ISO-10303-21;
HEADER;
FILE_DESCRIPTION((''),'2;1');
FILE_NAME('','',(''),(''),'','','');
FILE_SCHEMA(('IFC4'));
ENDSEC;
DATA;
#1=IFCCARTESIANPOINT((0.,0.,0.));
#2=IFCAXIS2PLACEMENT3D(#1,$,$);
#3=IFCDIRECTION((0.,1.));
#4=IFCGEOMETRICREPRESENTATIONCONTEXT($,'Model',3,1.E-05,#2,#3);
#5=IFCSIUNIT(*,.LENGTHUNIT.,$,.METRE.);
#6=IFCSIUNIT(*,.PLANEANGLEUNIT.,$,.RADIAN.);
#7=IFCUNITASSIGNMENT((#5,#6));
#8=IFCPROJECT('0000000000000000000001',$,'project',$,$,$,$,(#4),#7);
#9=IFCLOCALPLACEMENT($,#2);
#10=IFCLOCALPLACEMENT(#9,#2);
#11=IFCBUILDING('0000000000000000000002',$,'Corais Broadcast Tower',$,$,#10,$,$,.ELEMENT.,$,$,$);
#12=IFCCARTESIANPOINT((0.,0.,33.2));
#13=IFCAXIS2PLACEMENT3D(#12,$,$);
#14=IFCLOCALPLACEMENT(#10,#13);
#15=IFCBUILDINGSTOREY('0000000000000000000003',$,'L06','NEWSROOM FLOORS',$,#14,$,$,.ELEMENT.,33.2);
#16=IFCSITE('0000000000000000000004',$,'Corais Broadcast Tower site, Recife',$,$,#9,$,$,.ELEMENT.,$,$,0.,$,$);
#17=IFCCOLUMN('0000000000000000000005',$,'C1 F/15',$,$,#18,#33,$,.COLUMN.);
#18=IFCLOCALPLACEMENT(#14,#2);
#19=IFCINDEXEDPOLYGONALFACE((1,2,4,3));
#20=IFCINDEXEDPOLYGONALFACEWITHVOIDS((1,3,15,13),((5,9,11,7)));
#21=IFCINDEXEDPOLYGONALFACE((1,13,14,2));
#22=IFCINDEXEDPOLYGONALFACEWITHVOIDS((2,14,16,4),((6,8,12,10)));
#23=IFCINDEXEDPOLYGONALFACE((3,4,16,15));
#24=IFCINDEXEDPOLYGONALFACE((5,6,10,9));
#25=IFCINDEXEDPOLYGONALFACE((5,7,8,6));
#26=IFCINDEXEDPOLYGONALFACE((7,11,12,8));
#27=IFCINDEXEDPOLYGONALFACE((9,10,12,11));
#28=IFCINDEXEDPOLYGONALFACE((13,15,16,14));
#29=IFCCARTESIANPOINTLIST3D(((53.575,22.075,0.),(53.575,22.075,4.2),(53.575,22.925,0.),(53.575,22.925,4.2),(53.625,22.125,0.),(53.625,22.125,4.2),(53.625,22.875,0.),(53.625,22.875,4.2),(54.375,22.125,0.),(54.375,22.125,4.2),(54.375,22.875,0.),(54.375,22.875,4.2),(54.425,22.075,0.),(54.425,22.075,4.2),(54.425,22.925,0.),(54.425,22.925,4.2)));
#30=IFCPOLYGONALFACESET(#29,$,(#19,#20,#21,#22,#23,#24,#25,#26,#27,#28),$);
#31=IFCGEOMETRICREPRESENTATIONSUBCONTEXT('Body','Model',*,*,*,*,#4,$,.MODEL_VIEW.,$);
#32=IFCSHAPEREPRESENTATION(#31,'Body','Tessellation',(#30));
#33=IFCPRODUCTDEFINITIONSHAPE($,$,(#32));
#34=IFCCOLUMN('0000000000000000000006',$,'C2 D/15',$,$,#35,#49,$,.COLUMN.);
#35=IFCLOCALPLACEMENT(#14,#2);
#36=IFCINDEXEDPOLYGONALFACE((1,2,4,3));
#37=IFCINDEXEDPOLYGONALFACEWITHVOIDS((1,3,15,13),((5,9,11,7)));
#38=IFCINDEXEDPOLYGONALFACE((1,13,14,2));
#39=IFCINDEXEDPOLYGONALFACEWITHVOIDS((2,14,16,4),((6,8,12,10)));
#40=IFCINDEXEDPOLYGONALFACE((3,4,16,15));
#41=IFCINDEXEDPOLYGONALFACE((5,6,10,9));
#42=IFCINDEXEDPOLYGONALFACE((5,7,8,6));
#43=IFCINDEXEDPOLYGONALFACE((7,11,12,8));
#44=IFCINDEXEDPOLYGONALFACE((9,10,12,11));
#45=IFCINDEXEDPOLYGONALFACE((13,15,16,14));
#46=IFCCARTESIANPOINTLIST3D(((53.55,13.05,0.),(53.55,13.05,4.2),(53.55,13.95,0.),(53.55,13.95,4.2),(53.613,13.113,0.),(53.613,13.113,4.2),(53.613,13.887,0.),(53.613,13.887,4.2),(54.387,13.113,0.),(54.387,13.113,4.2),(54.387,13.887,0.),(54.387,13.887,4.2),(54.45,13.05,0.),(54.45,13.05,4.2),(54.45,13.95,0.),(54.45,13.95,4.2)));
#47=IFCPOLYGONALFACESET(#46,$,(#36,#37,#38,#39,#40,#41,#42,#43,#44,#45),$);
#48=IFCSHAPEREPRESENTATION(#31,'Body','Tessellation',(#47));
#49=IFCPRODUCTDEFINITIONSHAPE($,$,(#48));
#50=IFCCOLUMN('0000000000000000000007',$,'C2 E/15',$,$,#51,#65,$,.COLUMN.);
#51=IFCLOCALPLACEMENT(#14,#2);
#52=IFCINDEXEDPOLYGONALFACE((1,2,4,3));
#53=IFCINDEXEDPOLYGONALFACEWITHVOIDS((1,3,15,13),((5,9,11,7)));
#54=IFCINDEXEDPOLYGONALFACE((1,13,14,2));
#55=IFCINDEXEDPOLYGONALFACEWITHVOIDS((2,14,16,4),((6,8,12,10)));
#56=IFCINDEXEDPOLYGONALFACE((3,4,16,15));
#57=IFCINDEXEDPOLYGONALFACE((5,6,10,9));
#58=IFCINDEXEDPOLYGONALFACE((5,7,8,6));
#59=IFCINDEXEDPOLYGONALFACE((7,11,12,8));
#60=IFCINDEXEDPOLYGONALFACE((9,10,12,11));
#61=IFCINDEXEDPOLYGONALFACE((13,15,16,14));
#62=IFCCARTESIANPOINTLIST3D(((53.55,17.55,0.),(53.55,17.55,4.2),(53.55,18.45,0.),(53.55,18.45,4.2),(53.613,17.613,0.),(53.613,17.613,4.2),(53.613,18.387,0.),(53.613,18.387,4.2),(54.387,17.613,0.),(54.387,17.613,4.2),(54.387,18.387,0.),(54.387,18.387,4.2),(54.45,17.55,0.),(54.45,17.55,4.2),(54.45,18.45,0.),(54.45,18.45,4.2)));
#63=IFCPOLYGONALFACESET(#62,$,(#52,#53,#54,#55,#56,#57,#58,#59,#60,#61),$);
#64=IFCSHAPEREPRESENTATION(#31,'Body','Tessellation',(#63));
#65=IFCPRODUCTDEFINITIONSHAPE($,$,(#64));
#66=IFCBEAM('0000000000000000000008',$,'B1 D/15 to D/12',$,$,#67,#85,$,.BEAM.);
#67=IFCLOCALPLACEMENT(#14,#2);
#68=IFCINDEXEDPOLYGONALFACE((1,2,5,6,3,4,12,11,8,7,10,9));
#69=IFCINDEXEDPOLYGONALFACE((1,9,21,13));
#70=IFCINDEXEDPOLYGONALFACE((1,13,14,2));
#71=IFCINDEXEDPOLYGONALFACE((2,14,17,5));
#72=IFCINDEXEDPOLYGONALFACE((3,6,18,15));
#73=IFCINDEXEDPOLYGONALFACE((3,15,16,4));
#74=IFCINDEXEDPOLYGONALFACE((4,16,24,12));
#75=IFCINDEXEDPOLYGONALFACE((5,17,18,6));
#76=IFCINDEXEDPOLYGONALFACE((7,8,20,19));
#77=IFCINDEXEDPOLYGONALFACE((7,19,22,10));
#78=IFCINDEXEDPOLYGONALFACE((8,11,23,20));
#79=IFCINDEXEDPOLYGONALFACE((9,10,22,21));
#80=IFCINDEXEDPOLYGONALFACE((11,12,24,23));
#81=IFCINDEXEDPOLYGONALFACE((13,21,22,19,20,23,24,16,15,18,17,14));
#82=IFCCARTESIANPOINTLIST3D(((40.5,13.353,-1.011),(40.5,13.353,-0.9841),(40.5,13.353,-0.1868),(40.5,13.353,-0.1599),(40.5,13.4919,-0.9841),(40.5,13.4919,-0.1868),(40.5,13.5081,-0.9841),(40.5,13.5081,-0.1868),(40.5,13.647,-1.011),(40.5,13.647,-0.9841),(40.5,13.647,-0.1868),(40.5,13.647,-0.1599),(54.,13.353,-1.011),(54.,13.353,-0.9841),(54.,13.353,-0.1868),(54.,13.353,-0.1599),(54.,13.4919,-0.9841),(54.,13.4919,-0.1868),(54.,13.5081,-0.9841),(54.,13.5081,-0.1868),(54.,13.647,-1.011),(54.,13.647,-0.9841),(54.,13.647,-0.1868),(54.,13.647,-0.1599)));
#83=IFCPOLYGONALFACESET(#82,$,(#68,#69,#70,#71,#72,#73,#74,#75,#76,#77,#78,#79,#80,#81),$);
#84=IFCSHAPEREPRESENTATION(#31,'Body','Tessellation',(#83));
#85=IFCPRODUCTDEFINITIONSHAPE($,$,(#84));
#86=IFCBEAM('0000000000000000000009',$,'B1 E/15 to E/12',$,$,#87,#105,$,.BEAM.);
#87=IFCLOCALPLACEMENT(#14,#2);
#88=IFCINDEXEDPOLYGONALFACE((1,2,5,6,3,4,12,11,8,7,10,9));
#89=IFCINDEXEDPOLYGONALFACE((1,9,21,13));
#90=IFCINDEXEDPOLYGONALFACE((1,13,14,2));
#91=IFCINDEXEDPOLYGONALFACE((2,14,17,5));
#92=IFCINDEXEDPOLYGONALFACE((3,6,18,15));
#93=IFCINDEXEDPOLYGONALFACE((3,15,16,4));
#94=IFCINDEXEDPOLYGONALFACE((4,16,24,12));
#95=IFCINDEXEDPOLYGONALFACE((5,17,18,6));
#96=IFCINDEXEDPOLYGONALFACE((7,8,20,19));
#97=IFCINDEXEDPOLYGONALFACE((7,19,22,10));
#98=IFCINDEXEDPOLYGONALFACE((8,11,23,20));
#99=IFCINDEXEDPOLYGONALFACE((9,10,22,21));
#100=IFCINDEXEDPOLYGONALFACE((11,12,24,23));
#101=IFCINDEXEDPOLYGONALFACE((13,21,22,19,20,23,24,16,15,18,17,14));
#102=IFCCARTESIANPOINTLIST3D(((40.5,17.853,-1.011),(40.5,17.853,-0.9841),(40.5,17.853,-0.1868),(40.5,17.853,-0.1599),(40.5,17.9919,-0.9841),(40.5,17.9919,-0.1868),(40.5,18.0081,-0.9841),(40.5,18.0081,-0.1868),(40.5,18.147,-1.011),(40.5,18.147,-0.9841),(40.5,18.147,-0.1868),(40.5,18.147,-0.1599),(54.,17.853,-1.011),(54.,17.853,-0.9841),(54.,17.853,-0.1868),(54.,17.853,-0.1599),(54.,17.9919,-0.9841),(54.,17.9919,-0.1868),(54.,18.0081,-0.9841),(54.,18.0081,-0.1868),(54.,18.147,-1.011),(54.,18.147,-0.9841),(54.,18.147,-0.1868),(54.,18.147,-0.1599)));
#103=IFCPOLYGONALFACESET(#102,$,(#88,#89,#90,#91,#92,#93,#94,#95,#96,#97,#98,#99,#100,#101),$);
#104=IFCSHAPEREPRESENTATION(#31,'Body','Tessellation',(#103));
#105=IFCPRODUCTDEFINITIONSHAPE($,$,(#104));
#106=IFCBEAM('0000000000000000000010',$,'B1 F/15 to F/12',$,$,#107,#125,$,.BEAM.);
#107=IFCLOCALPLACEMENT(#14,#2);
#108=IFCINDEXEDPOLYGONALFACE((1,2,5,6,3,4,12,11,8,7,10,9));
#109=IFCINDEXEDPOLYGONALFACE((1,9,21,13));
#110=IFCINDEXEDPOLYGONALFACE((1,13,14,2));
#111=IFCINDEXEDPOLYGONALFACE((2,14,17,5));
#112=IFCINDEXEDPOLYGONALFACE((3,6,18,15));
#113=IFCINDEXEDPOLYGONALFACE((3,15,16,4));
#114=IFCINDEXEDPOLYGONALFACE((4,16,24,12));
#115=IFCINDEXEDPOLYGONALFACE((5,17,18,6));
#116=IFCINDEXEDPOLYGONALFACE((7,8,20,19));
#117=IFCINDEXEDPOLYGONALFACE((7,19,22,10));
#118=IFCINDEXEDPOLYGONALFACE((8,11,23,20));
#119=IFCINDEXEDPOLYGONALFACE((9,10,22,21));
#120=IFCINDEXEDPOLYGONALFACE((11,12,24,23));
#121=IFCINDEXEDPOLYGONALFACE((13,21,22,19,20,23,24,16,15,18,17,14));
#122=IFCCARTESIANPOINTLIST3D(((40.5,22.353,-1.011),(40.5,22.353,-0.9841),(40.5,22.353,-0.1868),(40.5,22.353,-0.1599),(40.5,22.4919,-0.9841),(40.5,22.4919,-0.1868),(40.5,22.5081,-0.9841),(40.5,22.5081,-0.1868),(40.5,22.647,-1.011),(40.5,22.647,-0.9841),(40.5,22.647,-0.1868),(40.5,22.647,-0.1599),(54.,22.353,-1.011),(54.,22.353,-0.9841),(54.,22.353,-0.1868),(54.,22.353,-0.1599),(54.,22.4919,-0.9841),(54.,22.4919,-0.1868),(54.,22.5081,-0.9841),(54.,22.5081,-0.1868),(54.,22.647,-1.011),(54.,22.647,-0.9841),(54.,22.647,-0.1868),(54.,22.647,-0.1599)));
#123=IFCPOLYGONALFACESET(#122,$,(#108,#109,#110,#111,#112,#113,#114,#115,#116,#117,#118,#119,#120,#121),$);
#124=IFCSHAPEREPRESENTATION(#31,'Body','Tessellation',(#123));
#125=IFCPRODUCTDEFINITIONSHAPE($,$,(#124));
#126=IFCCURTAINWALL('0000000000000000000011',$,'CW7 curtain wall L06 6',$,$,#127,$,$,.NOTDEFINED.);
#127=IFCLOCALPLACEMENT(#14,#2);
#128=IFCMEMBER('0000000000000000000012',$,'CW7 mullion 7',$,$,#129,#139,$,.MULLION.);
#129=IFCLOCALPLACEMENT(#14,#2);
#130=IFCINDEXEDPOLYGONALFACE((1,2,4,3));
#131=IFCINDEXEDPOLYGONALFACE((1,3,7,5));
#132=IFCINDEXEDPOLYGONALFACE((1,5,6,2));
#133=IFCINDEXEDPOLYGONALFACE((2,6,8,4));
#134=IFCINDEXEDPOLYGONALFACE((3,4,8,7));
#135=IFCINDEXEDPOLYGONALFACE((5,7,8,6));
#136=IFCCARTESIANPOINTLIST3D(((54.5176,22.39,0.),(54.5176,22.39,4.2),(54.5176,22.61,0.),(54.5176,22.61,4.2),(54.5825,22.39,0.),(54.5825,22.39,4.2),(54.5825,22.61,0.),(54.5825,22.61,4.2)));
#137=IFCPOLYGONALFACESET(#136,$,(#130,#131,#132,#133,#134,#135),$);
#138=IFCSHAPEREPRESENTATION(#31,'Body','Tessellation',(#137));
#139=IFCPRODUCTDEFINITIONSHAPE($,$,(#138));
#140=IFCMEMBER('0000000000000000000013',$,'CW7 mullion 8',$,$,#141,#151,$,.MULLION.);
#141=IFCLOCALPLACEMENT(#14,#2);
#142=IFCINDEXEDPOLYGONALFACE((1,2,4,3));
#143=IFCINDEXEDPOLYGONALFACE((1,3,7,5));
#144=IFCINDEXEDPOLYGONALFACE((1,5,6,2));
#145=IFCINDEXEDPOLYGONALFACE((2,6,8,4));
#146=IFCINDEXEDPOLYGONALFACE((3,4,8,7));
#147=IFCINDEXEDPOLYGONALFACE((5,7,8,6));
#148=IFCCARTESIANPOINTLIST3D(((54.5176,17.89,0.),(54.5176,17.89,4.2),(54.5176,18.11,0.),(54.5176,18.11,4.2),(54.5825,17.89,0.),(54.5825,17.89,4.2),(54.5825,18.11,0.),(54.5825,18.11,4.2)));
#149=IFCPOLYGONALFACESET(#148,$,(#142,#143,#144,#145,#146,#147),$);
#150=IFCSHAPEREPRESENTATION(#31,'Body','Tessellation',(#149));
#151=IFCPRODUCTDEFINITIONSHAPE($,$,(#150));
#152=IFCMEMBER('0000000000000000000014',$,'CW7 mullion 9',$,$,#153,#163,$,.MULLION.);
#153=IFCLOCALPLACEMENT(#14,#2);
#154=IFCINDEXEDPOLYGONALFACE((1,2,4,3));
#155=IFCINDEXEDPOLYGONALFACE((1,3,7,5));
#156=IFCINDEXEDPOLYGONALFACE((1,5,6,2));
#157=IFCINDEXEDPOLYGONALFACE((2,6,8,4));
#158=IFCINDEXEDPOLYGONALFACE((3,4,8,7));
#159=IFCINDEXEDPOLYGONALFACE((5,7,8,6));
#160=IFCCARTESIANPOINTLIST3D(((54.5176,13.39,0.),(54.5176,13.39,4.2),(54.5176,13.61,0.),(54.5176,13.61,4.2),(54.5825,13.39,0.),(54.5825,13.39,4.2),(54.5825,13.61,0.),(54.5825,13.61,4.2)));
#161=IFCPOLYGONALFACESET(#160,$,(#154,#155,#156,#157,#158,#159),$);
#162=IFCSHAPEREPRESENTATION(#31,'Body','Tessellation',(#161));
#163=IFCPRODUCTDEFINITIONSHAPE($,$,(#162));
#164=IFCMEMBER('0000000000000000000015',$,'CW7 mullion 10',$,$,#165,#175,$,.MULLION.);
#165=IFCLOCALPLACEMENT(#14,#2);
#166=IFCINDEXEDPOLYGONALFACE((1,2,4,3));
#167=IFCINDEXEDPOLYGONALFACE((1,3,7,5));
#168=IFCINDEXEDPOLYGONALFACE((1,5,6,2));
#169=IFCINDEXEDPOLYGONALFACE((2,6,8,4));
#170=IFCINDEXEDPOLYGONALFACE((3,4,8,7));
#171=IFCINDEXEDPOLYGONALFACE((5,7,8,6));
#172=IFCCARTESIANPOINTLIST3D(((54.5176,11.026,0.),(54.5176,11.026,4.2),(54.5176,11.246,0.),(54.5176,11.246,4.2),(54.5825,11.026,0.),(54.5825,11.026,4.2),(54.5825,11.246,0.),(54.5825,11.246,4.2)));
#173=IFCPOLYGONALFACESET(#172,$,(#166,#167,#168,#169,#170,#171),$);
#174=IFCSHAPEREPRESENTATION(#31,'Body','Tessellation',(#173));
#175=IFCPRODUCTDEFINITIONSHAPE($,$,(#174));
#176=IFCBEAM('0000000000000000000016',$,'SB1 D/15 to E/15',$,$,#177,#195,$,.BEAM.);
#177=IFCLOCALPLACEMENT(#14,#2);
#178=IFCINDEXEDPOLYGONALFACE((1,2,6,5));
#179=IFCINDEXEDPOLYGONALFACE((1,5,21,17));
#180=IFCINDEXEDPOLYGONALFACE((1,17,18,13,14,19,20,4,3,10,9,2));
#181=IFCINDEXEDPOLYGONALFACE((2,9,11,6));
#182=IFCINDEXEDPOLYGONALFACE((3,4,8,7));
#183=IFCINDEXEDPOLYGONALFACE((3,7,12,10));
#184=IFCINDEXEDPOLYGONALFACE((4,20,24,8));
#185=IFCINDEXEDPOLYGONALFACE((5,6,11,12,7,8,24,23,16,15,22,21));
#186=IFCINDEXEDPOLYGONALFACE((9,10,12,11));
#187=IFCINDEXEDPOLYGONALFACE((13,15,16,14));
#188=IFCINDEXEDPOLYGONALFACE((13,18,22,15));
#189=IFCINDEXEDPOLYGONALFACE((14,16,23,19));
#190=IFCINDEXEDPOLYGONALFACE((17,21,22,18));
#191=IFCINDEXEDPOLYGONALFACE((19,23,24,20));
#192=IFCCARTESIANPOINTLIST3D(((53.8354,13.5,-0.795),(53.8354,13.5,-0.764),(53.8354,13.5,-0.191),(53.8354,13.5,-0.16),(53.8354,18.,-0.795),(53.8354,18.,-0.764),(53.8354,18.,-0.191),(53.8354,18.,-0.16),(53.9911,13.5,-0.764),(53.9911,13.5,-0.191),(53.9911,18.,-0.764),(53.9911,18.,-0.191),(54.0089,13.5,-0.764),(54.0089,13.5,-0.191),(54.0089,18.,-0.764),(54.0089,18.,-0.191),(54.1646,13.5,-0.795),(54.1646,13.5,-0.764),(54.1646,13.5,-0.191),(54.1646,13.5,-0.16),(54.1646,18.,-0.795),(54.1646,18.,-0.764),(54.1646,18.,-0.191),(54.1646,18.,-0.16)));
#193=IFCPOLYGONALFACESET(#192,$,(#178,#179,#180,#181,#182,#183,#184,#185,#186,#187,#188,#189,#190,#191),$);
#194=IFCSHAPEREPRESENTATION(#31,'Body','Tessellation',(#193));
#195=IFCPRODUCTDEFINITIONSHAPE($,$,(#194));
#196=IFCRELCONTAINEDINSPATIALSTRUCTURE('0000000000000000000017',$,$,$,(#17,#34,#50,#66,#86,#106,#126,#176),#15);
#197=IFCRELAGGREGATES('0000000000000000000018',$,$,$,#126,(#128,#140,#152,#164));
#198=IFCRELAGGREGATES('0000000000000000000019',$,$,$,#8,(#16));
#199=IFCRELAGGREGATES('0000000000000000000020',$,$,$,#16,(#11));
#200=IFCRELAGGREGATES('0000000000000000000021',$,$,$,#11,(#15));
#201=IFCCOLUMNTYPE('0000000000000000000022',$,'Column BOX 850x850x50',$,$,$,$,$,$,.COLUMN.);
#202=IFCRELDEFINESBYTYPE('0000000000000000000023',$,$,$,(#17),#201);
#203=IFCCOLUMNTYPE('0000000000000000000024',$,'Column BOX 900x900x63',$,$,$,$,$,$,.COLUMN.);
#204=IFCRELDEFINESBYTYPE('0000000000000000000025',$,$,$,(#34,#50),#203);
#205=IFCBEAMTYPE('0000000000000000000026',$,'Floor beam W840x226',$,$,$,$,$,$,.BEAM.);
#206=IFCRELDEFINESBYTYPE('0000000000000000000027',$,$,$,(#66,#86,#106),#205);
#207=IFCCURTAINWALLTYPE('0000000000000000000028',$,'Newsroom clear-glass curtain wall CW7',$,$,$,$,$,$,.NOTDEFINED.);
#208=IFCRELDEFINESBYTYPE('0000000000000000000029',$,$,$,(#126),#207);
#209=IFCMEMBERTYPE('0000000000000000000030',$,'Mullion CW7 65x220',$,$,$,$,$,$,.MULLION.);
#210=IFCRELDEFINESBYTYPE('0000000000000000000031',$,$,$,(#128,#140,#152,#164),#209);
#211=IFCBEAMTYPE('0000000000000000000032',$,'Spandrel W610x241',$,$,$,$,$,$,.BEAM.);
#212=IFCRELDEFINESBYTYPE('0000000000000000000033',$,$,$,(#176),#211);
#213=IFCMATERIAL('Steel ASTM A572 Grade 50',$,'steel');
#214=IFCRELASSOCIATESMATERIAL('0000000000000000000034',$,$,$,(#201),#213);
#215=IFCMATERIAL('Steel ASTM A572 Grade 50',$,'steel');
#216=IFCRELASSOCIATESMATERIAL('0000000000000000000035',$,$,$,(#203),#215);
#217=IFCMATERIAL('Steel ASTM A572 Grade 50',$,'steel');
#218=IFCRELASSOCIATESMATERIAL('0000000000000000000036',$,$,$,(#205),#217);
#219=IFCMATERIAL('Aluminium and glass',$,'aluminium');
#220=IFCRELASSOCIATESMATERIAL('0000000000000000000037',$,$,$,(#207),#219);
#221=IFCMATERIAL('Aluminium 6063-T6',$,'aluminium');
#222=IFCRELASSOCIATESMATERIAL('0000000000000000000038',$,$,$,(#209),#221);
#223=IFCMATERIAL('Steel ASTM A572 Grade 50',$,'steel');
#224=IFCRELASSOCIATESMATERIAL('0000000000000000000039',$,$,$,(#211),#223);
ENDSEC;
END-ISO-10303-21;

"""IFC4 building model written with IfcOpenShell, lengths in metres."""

from ifc_helpers import new_model, si_unit, direction, frame, origin, origin_2d, place, context, subcontext, project, spatial, rectangle, hollow_rectangle, i_section, extrude, material, material_profile, profile_set, type_object, element, aggregate, save


model = new_model("IFC4")

# Units and contexts
model_context = context("Model", 3, precision=1e-05, world=origin(), true_north=direction((0.0, 1.0)))
body_context = subcontext(model_context, "Body", "Model", "MODEL_VIEW")
ifc_project = project(units=[si_unit("LENGTHUNIT", "METRE"), si_unit("PLANEANGLEUNIT", "RADIAN")], contexts=[model_context])

# Site, building, storey
site_placement = place(None, origin())
site = spatial("IfcSite", under=ifc_project, at=site_placement, Name="Corais Broadcast Tower site, Recife", CompositionType="ELEMENT", RefElevation=0.0)
building_placement = place(site_placement, origin())
building = spatial("IfcBuilding", under=site, at=building_placement, Name="Corais Broadcast Tower", CompositionType="ELEMENT")
storey_placement = place(building_placement, frame((0.0, 0.0, 33.2)))
storey = spatial("IfcBuildingStorey", under=building, at=storey_placement, Name="L06", Description="NEWSROOM FLOORS", CompositionType="ELEMENT", Elevation=33.2)

# Columns
ifc_material_1 = material(Name="Steel ASTM A572 Grade 50", Category="steel")
ifc_material_profile_1 = material_profile(ifc_material_1, hollow_rectangle(XDim=0.8501, YDim=0.8501, WallThickness=0.05, at=origin_2d()), Name="BOX 850x850x50")
ifc_profile_set_1 = profile_set([ifc_material_profile_1], Name="Steel ASTM A572 Grade 50")
column_type_1 = type_object("IfcColumnType", Name="Column BOX 850x850x50", PredefinedType="COLUMN", material=ifc_profile_set_1)
column_placement = place(storey_placement, frame((54.0, 22.5, 0.0), z_axis=(0.0, 0.0, 1.0), x_axis=(1.0, 0.0, 0.0)))
element("IfcColumn", 1, at=column_placement, inside=storey, type_object=column_type_1, Name="C1 F/15", PredefinedType="COLUMN", context=body_context, shape_type="SweptSolid", body=[
    extrude(hollow_rectangle(XDim=0.8501, YDim=0.8501, WallThickness=0.05, at=origin_2d()), origin(), (0.0, 0.0, 1.0), 4.2),
])
ifc_material_2 = material(Name="Steel ASTM A572 Grade 50", Category="steel")
ifc_material_profile_2 = material_profile(ifc_material_2, hollow_rectangle(XDim=0.8999, YDim=0.8999, WallThickness=0.063, at=origin_2d()), Name="BOX 900x900x63")
ifc_profile_set_2 = profile_set([ifc_material_profile_2], Name="Steel ASTM A572 Grade 50")
column_type_2 = type_object("IfcColumnType", Name="Column BOX 900x900x63", PredefinedType="COLUMN", material=ifc_profile_set_2)
for number, where, z_axis, x_axis, name in (
    (2, (54.0, 13.5, 0.0), (0.0, 0.0, 1.0), (1.0, 0.0, 0.0), "C2 D/15"),
    (3, (54.0, 18.0, 0.0), (0.0, 0.0, 1.0), (1.0, 0.0, 0.0), "C2 E/15"),
):
    element("IfcColumn", number, at=place(storey_placement, frame(where, z_axis=z_axis, x_axis=x_axis)), inside=storey, type_object=column_type_2, Name=name, PredefinedType="COLUMN", context=body_context, shape_type="SweptSolid", body=[
        extrude(hollow_rectangle(XDim=0.8999, YDim=0.8999, WallThickness=0.063, at=origin_2d()), origin(), (0.0, 0.0, 1.0), 4.2),
    ])

# Beams
ifc_material_3 = material(Name="Steel ASTM A572 Grade 50", Category="steel")
ifc_material_profile_3 = material_profile(ifc_material_3, i_section(OverallWidth=0.2939, OverallDepth=0.8511, WebThickness=0.0161, FlangeThickness=0.0269, at=origin_2d()), Name="W840x226")
ifc_profile_set_3 = profile_set([ifc_material_profile_3], Name="Steel ASTM A572 Grade 50")
beam_type_1 = type_object("IfcBeamType", Name="Floor beam W840x226", PredefinedType="BEAM", material=ifc_profile_set_3)
for number, where, z_axis, x_axis, name in (
    (4, (54.0, 13.5, -0.5854), (-1.0, 0.0, 0.0), (0.0, -1.0, 0.0), "B1 D/15 to D/12"),
    (5, (54.0, 18.0, -0.5854), (-1.0, 0.0, 0.0), (0.0, -1.0, 0.0), "B1 E/15 to E/12"),
    (6, (54.0, 22.5, -0.5854), (-1.0, 0.0, 0.0), (0.0, -1.0, 0.0), "B1 F/15 to F/12"),
):
    element("IfcBeam", number, at=place(storey_placement, frame(where, z_axis=z_axis, x_axis=x_axis)), inside=storey, type_object=beam_type_1, Name=name, PredefinedType="BEAM", context=body_context, shape_type="SweptSolid", body=[
        extrude(i_section(OverallWidth=0.2939, OverallDepth=0.8511, WebThickness=0.0161, FlangeThickness=0.0269, at=origin_2d()), origin(), (0.0, 0.0, 1.0), 13.5),
    ])

# Curtain wall, members
ifc_material_4 = material(Name="Aluminium and glass", Category="aluminium")
curtain_wall_type = type_object("IfcCurtainWallType", Name="Newsroom clear-glass curtain wall CW7", PredefinedType="NOTDEFINED", material=ifc_material_4)
curtain_wall_placement = place(storey_placement, origin())
curtain_wall = element("IfcCurtainWall", 7, at=curtain_wall_placement, inside=storey, type_object=curtain_wall_type, Name="CW7 curtain wall L06 6", PredefinedType="NOTDEFINED")
ifc_material_5 = material(Name="Aluminium 6063-T6", Category="aluminium")
ifc_material_profile_4 = material_profile(ifc_material_5, rectangle(XDim=0.0649, YDim=0.22, at=origin_2d()), Name="Mullion CW7 65x220")
ifc_profile_set_4 = profile_set([ifc_material_profile_4], Name="Aluminium 6063-T6")
member_type_1 = type_object("IfcMemberType", Name="Mullion CW7 65x220", PredefinedType="MULLION", material=ifc_profile_set_4)
member_1_placement = place(storey_placement, frame((54.55, 22.5, 0.0), z_axis=(0.0, 0.0, 1.0), x_axis=(1.0, 0.0, 0.0)))
member_1 = element("IfcMember", 8, at=member_1_placement, type_object=member_type_1, Name="CW7 mullion 7", PredefinedType="MULLION", context=body_context, shape_type="SweptSolid", body=[
    extrude(rectangle(XDim=0.0649, YDim=0.22, at=origin_2d()), origin(), (0.0, 0.0, 1.0), 4.2),
])
member_2_placement = place(storey_placement, frame((54.55, 18.0, 0.0), z_axis=(0.0, 0.0, 1.0), x_axis=(1.0, 0.0, 0.0)))
member_2 = element("IfcMember", 9, at=member_2_placement, type_object=member_type_1, Name="CW7 mullion 8", PredefinedType="MULLION", context=body_context, shape_type="SweptSolid", body=[
    extrude(rectangle(XDim=0.0649, YDim=0.22, at=origin_2d()), origin(), (0.0, 0.0, 1.0), 4.2),
])
member_3_placement = place(storey_placement, frame((54.55, 13.5, 0.0), z_axis=(0.0, 0.0, 1.0), x_axis=(1.0, 0.0, 0.0)))
member_3 = element("IfcMember", 10, at=member_3_placement, type_object=member_type_1, Name="CW7 mullion 9", PredefinedType="MULLION", context=body_context, shape_type="SweptSolid", body=[
    extrude(rectangle(XDim=0.0649, YDim=0.22, at=origin_2d()), origin(), (0.0, 0.0, 1.0), 4.2),
])
member_4_placement = place(storey_placement, frame((54.55, 11.136, 0.0), z_axis=(0.0, 0.0, 1.0), x_axis=(1.0, 0.0, 0.0)))
member_4 = element("IfcMember", 11, at=member_4_placement, type_object=member_type_1, Name="CW7 mullion 10", PredefinedType="MULLION", context=body_context, shape_type="SweptSolid", body=[
    extrude(rectangle(XDim=0.0649, YDim=0.22, at=origin_2d()), origin(), (0.0, 0.0, 1.0), 4.2),
])

# Beam
ifc_material_6 = material(Name="Steel ASTM A572 Grade 50", Category="steel")
ifc_material_profile_5 = material_profile(ifc_material_6, i_section(OverallWidth=0.3291, OverallDepth=0.635, WebThickness=0.0178, FlangeThickness=0.031, at=origin_2d()), Name="W610x241")
ifc_profile_set_5 = profile_set([ifc_material_profile_5], Name="Steel ASTM A572 Grade 50")
beam_type_2 = type_object("IfcBeamType", Name="Spandrel W610x241", PredefinedType="BEAM", material=ifc_profile_set_5)
for number, where, z_axis, x_axis, name in (
    (12, (54.0, 13.5, -0.4775), (0.0, 1.0, 0.0), (-1.0, 0.0, 0.0), "SB1 D/15 to E/15"),
):
    element("IfcBeam", number, at=place(storey_placement, frame(where, z_axis=z_axis, x_axis=x_axis)), inside=storey, type_object=beam_type_2, Name=name, PredefinedType="BEAM", context=body_context, shape_type="SweptSolid", body=[
        extrude(i_section(OverallWidth=0.3291, OverallDepth=0.635, WebThickness=0.0178, FlangeThickness=0.031, at=origin_2d()), origin(), (0.0, 0.0, 1.0), 4.5),
    ])

aggregate(curtain_wall, [member_1, member_2, member_3, member_4])

save(model, "model.ifc")
